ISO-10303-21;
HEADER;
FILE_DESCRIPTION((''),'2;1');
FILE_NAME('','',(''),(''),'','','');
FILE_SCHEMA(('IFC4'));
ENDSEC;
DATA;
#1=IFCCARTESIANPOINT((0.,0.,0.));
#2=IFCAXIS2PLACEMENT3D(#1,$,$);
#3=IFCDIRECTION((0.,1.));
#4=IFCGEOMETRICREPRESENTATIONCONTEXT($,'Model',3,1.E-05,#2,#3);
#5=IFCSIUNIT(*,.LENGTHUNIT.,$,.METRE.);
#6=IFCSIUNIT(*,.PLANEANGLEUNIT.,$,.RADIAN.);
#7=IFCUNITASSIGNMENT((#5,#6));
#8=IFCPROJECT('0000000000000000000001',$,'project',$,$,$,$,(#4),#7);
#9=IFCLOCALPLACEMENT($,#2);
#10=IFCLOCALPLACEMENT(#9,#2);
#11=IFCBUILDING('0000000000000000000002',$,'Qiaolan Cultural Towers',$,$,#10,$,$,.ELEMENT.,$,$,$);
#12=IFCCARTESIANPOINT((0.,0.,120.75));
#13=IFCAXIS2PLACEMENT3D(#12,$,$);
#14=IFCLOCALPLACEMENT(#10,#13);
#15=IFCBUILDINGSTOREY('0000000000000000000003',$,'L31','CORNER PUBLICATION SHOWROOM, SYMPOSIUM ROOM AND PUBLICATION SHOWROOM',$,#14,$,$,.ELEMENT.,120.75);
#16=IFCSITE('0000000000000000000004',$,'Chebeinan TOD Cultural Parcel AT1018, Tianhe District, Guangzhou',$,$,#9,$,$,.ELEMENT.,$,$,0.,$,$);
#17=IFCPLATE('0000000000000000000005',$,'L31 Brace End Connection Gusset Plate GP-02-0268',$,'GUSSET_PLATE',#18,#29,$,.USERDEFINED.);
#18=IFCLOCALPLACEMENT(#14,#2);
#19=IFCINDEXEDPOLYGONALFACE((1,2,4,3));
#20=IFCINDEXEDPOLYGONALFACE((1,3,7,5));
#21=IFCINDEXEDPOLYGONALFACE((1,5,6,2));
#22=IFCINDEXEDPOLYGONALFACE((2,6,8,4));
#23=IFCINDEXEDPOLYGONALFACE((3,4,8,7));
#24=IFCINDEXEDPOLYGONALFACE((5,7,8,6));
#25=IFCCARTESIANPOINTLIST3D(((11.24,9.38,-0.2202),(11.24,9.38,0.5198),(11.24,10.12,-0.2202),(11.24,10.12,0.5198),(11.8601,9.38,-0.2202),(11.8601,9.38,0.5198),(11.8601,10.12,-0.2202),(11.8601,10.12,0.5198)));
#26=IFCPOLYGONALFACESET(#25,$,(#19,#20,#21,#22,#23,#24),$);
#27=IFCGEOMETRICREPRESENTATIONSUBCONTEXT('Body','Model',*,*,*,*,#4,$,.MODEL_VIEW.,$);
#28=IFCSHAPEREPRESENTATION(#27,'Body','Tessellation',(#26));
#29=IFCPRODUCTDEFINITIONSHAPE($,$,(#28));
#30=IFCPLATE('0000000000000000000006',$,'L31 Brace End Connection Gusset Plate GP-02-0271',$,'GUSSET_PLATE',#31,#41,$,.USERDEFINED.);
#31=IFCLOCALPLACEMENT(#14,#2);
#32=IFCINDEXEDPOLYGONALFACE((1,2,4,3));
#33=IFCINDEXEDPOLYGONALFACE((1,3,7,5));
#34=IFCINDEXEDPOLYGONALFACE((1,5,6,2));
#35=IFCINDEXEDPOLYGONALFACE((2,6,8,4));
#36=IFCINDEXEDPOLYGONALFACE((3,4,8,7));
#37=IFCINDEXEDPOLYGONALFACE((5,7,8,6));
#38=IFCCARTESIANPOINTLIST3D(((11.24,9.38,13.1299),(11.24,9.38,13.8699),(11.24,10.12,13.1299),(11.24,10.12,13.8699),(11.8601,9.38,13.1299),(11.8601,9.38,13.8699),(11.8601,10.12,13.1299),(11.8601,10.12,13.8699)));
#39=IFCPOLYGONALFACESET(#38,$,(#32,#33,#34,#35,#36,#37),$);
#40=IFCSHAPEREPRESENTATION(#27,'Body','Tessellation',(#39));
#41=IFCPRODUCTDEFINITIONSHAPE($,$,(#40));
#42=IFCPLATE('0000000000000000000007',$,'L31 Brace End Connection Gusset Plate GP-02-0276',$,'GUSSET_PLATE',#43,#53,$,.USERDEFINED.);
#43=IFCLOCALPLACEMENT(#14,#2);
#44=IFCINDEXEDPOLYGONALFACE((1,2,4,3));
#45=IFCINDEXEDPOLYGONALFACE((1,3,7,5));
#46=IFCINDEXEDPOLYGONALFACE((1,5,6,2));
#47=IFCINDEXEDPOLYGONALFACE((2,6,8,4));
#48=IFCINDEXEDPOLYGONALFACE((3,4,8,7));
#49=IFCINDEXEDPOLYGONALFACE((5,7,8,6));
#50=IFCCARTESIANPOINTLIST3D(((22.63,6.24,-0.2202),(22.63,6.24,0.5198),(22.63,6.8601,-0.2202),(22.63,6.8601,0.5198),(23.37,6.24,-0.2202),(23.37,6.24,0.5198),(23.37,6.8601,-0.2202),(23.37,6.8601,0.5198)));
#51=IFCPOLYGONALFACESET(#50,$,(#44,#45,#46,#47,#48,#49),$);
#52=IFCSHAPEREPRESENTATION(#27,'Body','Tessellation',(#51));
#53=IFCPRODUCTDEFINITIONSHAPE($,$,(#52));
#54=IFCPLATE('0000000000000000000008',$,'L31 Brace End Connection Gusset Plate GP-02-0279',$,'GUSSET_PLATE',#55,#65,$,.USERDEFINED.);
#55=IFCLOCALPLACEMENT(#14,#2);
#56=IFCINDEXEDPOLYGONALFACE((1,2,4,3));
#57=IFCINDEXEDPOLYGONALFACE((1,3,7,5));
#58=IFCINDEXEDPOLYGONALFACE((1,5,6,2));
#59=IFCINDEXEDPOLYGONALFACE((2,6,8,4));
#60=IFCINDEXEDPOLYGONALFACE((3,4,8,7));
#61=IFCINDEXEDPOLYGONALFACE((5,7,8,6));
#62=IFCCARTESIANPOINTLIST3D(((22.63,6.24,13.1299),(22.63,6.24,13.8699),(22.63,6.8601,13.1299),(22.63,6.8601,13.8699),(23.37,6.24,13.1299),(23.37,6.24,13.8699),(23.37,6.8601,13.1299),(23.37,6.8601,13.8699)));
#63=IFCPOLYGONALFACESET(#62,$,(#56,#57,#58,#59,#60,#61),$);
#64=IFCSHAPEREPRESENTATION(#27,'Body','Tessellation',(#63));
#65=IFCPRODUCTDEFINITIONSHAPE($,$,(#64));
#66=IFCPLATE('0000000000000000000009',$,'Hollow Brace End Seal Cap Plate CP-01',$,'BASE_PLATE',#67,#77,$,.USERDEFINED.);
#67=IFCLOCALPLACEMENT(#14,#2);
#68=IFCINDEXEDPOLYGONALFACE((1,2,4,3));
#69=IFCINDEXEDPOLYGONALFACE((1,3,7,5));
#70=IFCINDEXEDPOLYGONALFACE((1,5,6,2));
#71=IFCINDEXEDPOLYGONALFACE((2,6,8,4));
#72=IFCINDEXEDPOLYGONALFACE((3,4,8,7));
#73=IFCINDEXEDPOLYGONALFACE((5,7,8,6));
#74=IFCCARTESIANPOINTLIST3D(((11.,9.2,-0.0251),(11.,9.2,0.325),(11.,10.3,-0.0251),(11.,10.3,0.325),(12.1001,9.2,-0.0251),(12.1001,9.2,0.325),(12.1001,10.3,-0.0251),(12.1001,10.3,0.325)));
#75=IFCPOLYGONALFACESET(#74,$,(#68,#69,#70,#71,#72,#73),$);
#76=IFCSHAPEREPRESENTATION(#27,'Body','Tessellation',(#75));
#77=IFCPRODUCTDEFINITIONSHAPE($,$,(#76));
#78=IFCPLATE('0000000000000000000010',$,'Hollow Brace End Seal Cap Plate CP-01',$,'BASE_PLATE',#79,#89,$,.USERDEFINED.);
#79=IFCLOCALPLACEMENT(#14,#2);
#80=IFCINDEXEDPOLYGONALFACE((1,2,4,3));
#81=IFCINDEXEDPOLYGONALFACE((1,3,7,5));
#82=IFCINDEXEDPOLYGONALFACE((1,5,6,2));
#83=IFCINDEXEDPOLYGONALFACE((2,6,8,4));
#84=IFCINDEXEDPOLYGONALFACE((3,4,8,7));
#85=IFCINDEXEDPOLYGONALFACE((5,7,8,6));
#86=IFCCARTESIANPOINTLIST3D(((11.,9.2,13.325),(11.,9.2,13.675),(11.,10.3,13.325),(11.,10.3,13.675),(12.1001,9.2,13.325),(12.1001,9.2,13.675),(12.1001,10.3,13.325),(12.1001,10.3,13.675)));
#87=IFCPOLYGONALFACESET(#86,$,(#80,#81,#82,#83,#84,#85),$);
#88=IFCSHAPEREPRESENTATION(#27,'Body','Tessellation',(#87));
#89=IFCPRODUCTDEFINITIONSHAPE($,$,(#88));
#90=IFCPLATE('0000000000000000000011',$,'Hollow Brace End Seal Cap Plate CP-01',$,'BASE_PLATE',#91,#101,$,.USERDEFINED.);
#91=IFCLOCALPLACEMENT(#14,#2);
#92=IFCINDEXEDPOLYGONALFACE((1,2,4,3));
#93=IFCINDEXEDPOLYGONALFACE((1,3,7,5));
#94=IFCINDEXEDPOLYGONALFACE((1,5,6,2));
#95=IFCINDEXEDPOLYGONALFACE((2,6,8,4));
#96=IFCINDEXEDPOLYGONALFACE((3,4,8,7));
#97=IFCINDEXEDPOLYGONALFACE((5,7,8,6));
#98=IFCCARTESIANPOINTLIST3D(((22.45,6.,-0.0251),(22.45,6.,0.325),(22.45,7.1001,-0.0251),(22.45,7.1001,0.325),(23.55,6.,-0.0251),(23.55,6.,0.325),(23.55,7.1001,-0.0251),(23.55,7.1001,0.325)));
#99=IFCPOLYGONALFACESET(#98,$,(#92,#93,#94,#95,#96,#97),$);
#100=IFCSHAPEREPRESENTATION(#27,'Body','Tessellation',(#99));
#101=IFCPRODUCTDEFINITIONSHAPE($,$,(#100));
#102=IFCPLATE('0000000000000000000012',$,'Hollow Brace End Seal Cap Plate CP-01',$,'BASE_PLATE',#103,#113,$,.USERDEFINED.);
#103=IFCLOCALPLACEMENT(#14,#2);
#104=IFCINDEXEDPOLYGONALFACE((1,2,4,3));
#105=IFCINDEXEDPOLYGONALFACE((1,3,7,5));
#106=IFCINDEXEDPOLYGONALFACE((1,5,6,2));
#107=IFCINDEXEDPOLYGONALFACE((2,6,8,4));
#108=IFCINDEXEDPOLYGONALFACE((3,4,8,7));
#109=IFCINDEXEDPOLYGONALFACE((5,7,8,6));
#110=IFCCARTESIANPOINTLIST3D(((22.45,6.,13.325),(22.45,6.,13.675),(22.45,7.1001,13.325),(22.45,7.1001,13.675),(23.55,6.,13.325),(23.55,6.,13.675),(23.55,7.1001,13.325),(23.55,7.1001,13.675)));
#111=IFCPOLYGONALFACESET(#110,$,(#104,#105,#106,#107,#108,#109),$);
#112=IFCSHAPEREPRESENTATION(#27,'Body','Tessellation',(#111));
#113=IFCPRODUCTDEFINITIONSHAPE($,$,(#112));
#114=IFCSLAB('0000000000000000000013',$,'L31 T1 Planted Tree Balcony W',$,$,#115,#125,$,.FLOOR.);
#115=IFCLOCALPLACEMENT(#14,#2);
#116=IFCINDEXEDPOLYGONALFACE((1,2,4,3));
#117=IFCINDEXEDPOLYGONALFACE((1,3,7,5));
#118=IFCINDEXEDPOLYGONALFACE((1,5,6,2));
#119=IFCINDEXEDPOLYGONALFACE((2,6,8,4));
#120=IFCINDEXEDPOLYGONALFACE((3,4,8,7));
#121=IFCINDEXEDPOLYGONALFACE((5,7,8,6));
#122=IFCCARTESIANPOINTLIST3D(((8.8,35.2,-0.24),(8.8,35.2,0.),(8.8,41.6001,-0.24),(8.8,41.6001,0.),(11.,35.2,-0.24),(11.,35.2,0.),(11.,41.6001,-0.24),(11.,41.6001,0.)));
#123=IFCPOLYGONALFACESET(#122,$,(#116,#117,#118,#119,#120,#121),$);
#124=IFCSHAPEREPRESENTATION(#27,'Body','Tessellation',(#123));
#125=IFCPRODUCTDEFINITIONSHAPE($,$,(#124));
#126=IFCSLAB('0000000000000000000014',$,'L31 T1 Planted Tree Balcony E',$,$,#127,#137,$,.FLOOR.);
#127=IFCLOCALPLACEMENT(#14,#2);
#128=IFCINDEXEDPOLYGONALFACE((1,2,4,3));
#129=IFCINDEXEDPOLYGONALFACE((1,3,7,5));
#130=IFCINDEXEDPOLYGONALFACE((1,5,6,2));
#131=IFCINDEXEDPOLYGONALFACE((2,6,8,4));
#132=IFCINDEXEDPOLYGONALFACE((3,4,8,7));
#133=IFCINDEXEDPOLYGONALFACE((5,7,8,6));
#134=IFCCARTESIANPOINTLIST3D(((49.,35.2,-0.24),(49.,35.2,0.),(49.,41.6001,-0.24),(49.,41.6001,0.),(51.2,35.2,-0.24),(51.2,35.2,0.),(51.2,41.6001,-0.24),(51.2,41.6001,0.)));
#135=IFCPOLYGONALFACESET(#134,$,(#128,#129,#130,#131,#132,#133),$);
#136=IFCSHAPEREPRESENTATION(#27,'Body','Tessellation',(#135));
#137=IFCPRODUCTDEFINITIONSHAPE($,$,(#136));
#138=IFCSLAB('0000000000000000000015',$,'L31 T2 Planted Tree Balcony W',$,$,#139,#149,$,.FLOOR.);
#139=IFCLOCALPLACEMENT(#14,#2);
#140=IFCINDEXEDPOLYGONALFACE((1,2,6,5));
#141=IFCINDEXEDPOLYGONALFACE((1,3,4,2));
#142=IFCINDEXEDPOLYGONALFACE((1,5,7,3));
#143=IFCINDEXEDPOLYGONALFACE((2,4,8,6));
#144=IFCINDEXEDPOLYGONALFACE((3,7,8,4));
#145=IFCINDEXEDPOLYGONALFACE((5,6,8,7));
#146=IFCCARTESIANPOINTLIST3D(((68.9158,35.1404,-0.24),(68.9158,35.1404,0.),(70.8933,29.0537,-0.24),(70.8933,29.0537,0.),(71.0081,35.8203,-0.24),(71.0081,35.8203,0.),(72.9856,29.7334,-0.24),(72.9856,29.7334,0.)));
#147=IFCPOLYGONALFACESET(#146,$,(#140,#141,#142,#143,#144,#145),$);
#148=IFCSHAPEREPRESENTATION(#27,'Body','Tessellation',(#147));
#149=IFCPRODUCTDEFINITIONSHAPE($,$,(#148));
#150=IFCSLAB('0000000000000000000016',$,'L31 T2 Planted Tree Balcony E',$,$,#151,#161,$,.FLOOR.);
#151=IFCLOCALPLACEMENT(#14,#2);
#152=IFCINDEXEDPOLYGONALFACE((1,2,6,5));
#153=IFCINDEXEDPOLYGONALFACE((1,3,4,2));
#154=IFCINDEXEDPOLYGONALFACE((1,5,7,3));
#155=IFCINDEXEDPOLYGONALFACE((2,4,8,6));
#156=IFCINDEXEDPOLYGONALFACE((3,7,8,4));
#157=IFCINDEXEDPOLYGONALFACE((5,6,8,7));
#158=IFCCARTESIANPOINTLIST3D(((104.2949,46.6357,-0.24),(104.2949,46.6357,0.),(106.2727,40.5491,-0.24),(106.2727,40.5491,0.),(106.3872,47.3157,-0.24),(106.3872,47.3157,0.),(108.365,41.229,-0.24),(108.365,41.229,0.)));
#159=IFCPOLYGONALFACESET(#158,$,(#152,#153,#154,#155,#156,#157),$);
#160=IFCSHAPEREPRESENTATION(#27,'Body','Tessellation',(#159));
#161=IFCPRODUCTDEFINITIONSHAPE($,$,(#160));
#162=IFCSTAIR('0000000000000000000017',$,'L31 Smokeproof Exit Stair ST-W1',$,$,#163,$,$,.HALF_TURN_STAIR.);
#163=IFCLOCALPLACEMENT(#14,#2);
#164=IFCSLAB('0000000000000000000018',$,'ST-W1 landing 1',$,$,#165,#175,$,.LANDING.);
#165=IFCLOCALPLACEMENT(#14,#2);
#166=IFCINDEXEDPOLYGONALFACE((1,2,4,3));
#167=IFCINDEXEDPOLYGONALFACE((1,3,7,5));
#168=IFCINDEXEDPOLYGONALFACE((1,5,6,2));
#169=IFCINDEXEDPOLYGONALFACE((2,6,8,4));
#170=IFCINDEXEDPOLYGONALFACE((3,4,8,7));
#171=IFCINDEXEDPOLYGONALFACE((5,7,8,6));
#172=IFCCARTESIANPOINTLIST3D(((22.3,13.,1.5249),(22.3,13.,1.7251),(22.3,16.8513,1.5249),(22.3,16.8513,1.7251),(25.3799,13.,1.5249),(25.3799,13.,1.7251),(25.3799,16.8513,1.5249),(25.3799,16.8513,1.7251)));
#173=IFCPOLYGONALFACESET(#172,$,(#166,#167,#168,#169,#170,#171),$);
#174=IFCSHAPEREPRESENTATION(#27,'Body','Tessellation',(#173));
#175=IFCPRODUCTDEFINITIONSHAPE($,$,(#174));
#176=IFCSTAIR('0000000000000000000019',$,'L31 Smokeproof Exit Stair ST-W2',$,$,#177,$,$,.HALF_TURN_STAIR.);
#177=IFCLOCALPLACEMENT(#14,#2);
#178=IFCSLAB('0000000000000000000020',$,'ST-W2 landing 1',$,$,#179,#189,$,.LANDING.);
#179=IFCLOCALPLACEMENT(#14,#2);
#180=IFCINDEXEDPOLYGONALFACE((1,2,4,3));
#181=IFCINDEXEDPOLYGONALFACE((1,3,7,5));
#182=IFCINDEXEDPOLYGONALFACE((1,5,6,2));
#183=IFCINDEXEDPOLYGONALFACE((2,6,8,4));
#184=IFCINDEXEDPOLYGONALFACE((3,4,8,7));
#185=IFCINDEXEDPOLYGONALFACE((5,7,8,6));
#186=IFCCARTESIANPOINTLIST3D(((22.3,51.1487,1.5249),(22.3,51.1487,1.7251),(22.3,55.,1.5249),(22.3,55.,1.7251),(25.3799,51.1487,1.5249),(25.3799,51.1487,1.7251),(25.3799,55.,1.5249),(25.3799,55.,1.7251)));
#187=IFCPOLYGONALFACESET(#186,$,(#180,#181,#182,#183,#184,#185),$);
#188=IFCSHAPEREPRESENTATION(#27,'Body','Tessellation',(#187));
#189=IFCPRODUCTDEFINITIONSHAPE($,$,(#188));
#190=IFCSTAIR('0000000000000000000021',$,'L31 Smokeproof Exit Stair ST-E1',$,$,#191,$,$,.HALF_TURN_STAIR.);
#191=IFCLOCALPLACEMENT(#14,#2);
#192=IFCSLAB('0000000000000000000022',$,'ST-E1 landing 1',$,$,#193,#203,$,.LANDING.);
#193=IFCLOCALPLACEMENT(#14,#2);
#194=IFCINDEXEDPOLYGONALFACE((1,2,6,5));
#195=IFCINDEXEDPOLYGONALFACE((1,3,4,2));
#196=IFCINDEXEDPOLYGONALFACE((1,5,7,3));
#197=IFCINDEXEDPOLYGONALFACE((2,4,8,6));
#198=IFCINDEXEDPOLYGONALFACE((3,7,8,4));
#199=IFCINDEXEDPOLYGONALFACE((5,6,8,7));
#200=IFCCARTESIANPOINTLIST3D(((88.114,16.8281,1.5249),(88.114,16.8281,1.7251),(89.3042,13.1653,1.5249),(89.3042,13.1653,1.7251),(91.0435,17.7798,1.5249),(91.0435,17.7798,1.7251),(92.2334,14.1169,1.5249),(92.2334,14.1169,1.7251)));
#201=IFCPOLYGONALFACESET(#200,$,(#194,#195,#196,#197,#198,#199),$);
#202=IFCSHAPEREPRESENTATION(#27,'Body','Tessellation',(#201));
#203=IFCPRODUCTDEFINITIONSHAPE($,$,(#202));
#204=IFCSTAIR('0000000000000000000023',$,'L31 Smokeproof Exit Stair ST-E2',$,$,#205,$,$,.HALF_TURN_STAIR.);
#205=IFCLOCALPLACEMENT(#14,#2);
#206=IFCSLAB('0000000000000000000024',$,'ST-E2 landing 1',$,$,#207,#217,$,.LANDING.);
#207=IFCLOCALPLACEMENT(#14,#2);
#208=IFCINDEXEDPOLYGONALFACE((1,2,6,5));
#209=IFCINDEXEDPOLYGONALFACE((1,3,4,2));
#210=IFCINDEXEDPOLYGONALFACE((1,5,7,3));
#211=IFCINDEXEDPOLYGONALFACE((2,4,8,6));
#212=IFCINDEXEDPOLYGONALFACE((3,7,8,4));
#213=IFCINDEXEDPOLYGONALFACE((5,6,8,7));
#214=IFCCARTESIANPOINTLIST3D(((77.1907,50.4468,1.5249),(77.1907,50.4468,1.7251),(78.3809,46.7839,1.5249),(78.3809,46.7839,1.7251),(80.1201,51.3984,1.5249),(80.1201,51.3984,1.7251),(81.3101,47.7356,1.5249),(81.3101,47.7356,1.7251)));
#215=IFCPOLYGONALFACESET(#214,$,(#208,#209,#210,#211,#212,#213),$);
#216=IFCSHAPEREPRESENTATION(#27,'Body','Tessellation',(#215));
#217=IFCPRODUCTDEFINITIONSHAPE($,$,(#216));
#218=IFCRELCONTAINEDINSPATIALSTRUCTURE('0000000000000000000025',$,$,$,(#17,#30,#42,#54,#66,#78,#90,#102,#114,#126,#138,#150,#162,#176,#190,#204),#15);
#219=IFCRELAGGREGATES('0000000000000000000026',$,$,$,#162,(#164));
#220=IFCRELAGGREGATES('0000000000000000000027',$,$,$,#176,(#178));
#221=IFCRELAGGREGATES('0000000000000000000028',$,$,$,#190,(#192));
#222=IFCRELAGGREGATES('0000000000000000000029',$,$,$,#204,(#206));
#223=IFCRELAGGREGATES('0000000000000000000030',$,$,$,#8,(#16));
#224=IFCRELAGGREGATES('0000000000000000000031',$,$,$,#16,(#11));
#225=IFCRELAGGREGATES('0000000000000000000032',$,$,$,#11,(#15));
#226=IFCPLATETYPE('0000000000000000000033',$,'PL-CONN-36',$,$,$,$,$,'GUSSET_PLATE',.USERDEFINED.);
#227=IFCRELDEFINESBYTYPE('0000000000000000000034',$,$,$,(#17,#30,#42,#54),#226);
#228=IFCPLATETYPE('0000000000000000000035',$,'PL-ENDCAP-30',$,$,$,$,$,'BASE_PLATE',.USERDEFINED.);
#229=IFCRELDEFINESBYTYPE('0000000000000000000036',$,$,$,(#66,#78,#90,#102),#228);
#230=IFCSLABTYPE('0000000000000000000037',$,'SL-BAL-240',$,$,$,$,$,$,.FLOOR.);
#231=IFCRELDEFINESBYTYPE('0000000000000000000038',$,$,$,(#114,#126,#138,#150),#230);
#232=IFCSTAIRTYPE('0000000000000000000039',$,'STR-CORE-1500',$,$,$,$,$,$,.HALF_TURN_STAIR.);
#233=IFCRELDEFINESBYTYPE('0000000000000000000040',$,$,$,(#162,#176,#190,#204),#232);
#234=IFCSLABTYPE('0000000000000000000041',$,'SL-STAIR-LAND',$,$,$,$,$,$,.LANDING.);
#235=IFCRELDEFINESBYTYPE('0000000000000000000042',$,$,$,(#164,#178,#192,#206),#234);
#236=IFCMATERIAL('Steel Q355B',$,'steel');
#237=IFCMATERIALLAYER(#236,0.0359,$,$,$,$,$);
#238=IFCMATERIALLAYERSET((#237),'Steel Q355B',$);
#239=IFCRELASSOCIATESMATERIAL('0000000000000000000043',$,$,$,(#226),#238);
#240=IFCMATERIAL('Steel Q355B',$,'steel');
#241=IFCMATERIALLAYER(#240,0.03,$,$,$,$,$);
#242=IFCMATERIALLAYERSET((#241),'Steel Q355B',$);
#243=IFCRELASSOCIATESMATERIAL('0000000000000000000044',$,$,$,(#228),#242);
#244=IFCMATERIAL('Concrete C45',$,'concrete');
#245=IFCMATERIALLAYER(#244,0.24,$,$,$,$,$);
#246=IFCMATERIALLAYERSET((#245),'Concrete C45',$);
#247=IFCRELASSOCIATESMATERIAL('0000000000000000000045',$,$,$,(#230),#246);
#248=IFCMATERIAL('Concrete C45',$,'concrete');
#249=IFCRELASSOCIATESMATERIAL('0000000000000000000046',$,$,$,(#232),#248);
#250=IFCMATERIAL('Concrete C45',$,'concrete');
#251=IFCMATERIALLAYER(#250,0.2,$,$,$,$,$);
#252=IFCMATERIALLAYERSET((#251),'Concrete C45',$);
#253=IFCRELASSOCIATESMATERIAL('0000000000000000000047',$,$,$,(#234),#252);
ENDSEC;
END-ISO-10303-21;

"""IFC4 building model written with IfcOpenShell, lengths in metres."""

from ifc_helpers import new_model, si_unit, direction, frame, origin, origin_2d, place, context, subcontext, project, spatial, polyline, rectangle, outline, extrude, material, layer, layer_set, type_object, element, aggregate, save


model = new_model("IFC4")

# Units and contexts
model_context = context("Model", 3, precision=1e-05, world=origin(), true_north=direction((0.0, 1.0)))
body_context = subcontext(model_context, "Body", "Model", "MODEL_VIEW")
ifc_project = project(units=[si_unit("LENGTHUNIT", "METRE"), si_unit("PLANEANGLEUNIT", "RADIAN")], contexts=[model_context])

# Site, building, storey
site_placement = place(None, origin())
site = spatial("IfcSite", under=ifc_project, at=site_placement, Name="Chebeinan TOD Cultural Parcel AT1018, Tianhe District, Guangzhou", CompositionType="ELEMENT", RefElevation=0.0)
building_placement = place(site_placement, origin())
building = spatial("IfcBuilding", under=site, at=building_placement, Name="Qiaolan Cultural Towers", CompositionType="ELEMENT")
storey_placement = place(building_placement, frame((0.0, 0.0, 120.75)))
storey = spatial("IfcBuildingStorey", under=building, at=storey_placement, Name="L31", Description="CORNER PUBLICATION SHOWROOM, SYMPOSIUM ROOM AND PUBLICATION SHOWROOM", CompositionType="ELEMENT", Elevation=120.75)

# Plates
ifc_material_1 = material(Name="Steel Q355B", Category="steel")
ifc_layer_1 = layer(ifc_material_1, 0.0359)
ifc_layer_set_1 = layer_set([ifc_layer_1], Name="Steel Q355B")
plate_type_1 = type_object("IfcPlateType", Name="PL-CONN-36", ElementType="GUSSET_PLATE", PredefinedType="USERDEFINED", material=ifc_layer_set_1)
for number, where, z_axis, x_axis, name in (
    (1, (11.55, 9.75, -0.2202), (0.0, 0.0, 1.0), (0.0, 1.0, 0.0), "L31 Brace End Connection Gusset Plate GP-02-0268"),
    (2, (11.55, 9.75, 13.1299), (0.0, 0.0, 1.0), (0.0, 1.0, 0.0), "L31 Brace End Connection Gusset Plate GP-02-0271"),
    (3, (23.0, 6.55, -0.2202), (0.0, 0.0, 1.0), (1.0, 0.0, 0.0), "L31 Brace End Connection Gusset Plate GP-02-0276"),
    (4, (23.0, 6.55, 13.1299), (0.0, 0.0, 1.0), (1.0, 0.0, 0.0), "L31 Brace End Connection Gusset Plate GP-02-0279"),
):
    element("IfcPlate", number, at=place(storey_placement, frame(where, z_axis=z_axis, x_axis=x_axis)), inside=storey, type_object=plate_type_1, Name=name, ObjectType="GUSSET_PLATE", PredefinedType="USERDEFINED", context=body_context, shape_type="SweptSolid", body=[
        extrude(rectangle(XDim=0.74, YDim=0.6201, at=origin_2d()), origin(), (0.0, 0.0, 1.0), 0.74),
    ])
ifc_material_2 = material(Name="Steel Q355B", Category="steel")
ifc_layer_2 = layer(ifc_material_2, 0.03)
ifc_layer_set_2 = layer_set([ifc_layer_2], Name="Steel Q355B")
plate_type_2 = type_object("IfcPlateType", Name="PL-ENDCAP-30", ElementType="BASE_PLATE", PredefinedType="USERDEFINED", material=ifc_layer_set_2)
for number, where, z_axis, x_axis, name in (
    (5, (11.55, 9.75, -0.0251), (0.0, 0.0, 1.0), (0.0, 1.0, 0.0), "Hollow Brace End Seal Cap Plate CP-01"),
    (6, (11.55, 9.75, 13.325), (0.0, 0.0, 1.0), (0.0, 1.0, 0.0), "Hollow Brace End Seal Cap Plate CP-01"),
    (7, (23.0, 6.55, -0.0251), (0.0, 0.0, 1.0), (1.0, 0.0, 0.0), "Hollow Brace End Seal Cap Plate CP-01"),
    (8, (23.0, 6.55, 13.325), (0.0, 0.0, 1.0), (1.0, 0.0, 0.0), "Hollow Brace End Seal Cap Plate CP-01"),
):
    element("IfcPlate", number, at=place(storey_placement, frame(where, z_axis=z_axis, x_axis=x_axis)), inside=storey, type_object=plate_type_2, Name=name, ObjectType="BASE_PLATE", PredefinedType="USERDEFINED", context=body_context, shape_type="SweptSolid", body=[
        extrude(rectangle(XDim=1.1001, YDim=1.1001, at=origin_2d()), origin(), (0.0, 0.0, 1.0), 0.3501),
    ])

# Slabs
ifc_material_3 = material(Name="Concrete C45", Category="concrete")
ifc_layer_3 = layer(ifc_material_3, 0.24)
ifc_layer_set_3 = layer_set([ifc_layer_3], Name="Concrete C45")
slab_type_1 = type_object("IfcSlabType", Name="SL-BAL-240", PredefinedType="FLOOR", material=ifc_layer_set_3)
slab_1_placement = place(storey_placement, frame((0.0, 0.0, -0.24)))
element("IfcSlab", 9, at=slab_1_placement, inside=storey, type_object=slab_type_1, Name="L31 T1 Planted Tree Balcony W", PredefinedType="FLOOR", context=body_context, shape_type="SweptSolid", body=[
    extrude(outline(polyline([(8.8, 35.2), (11.0, 35.2), (11.0, 41.6001), (8.8, 41.6001), (8.8, 35.2)])), origin(), (0.0, 0.0, 1.0), 0.24),
])
slab_2_placement = place(storey_placement, frame((0.0, 0.0, -0.24)))
element("IfcSlab", 10, at=slab_2_placement, inside=storey, type_object=slab_type_1, Name="L31 T1 Planted Tree Balcony E", PredefinedType="FLOOR", context=body_context, shape_type="SweptSolid", body=[
    extrude(outline(polyline([(49.0, 35.2), (51.2, 35.2), (51.2, 41.6001), (49.0, 41.6001), (49.0, 35.2)])), origin(), (0.0, 0.0, 1.0), 0.24),
])
slab_3_placement = place(storey_placement, frame((0.0, 0.0, -0.24)))
element("IfcSlab", 11, at=slab_3_placement, inside=storey, type_object=slab_type_1, Name="L31 T2 Planted Tree Balcony W", PredefinedType="FLOOR", context=body_context, shape_type="SweptSolid", body=[
    extrude(outline(polyline([(70.8933, 29.0537), (72.9856, 29.7334), (71.0081, 35.8203), (68.9158, 35.1404), (70.8933, 29.0537)])), origin(), (0.0, 0.0, 1.0), 0.24),
])
slab_4_placement = place(storey_placement, frame((0.0, 0.0, -0.24)))
element("IfcSlab", 12, at=slab_4_placement, inside=storey, type_object=slab_type_1, Name="L31 T2 Planted Tree Balcony E", PredefinedType="FLOOR", context=body_context, shape_type="SweptSolid", body=[
    extrude(outline(polyline([(106.2727, 40.5491), (108.365, 41.229), (106.3872, 47.3157), (104.2949, 46.6357), (106.2727, 40.5491)])), origin(), (0.0, 0.0, 1.0), 0.24),
])

# Stairs, slabs
ifc_material_4 = material(Name="Concrete C45", Category="concrete")
stair_type = type_object("IfcStairType", Name="STR-CORE-1500", PredefinedType="HALF_TURN_STAIR", material=ifc_material_4)
stair_1_placement = place(storey_placement, origin())
stair_1 = element("IfcStair", 13, at=stair_1_placement, inside=storey, type_object=stair_type, Name="L31 Smokeproof Exit Stair ST-W1", PredefinedType="HALF_TURN_STAIR")
ifc_material_5 = material(Name="Concrete C45", Category="concrete")
ifc_layer_4 = layer(ifc_material_5, 0.2)
ifc_layer_set_4 = layer_set([ifc_layer_4], Name="Concrete C45")
slab_type_2 = type_object("IfcSlabType", Name="SL-STAIR-LAND", PredefinedType="LANDING", material=ifc_layer_set_4)
slab_5_placement = place(storey_placement, frame((0.0, 0.0, 1.5249)))
slab_5 = element("IfcSlab", 14, at=slab_5_placement, type_object=slab_type_2, Name="ST-W1 landing 1", PredefinedType="LANDING", context=body_context, shape_type="SweptSolid", body=[
    extrude(outline(polyline([(22.3, 16.8513), (22.3, 13.0), (25.3799, 13.0), (25.3799, 16.8513), (22.3, 16.8513)])), origin(), (0.0, 0.0, 1.0), 0.2002),
])
aggregate(stair_1, [slab_5])
stair_2_placement = place(storey_placement, origin())
stair_2 = element("IfcStair", 15, at=stair_2_placement, inside=storey, type_object=stair_type, Name="L31 Smokeproof Exit Stair ST-W2", PredefinedType="HALF_TURN_STAIR")
slab_6_placement = place(storey_placement, frame((0.0, 0.0, 1.5249)))
slab_6 = element("IfcSlab", 16, at=slab_6_placement, type_object=slab_type_2, Name="ST-W2 landing 1", PredefinedType="LANDING", context=body_context, shape_type="SweptSolid", body=[
    extrude(outline(polyline([(25.3799, 51.1487), (25.3799, 55.0), (22.3, 55.0), (22.3, 51.1487), (25.3799, 51.1487)])), origin(), (0.0, 0.0, 1.0), 0.2002),
])
aggregate(stair_2, [slab_6])
stair_3_placement = place(storey_placement, origin())
stair_3 = element("IfcStair", 17, at=stair_3_placement, inside=storey, type_object=stair_type, Name="L31 Smokeproof Exit Stair ST-E1", PredefinedType="HALF_TURN_STAIR")
slab_7_placement = place(storey_placement, frame((0.0, 0.0, 1.5249)))
slab_7 = element("IfcSlab", 18, at=slab_7_placement, type_object=slab_type_2, Name="ST-E1 landing 1", PredefinedType="LANDING", context=body_context, shape_type="SweptSolid", body=[
    extrude(outline(polyline([(88.114, 16.8281), (89.3042, 13.1653), (92.2334, 14.1169), (91.0435, 17.7798), (88.114, 16.8281)])), origin(), (0.0, 0.0, 1.0), 0.2002),
])
aggregate(stair_3, [slab_7])
stair_4_placement = place(storey_placement, origin())
stair_4 = element("IfcStair", 19, at=stair_4_placement, inside=storey, type_object=stair_type, Name="L31 Smokeproof Exit Stair ST-E2", PredefinedType="HALF_TURN_STAIR")
slab_8_placement = place(storey_placement, frame((0.0, 0.0, 1.5249)))
slab_8 = element("IfcSlab", 20, at=slab_8_placement, type_object=slab_type_2, Name="ST-E2 landing 1", PredefinedType="LANDING", context=body_context, shape_type="SweptSolid", body=[
    extrude(outline(polyline([(81.3101, 47.7356), (80.1201, 51.3984), (77.1907, 50.4468), (78.3809, 46.7839), (81.3101, 47.7356)])), origin(), (0.0, 0.0, 1.0), 0.2002),
])
aggregate(stair_4, [slab_8])

save(model, "model.ifc")
